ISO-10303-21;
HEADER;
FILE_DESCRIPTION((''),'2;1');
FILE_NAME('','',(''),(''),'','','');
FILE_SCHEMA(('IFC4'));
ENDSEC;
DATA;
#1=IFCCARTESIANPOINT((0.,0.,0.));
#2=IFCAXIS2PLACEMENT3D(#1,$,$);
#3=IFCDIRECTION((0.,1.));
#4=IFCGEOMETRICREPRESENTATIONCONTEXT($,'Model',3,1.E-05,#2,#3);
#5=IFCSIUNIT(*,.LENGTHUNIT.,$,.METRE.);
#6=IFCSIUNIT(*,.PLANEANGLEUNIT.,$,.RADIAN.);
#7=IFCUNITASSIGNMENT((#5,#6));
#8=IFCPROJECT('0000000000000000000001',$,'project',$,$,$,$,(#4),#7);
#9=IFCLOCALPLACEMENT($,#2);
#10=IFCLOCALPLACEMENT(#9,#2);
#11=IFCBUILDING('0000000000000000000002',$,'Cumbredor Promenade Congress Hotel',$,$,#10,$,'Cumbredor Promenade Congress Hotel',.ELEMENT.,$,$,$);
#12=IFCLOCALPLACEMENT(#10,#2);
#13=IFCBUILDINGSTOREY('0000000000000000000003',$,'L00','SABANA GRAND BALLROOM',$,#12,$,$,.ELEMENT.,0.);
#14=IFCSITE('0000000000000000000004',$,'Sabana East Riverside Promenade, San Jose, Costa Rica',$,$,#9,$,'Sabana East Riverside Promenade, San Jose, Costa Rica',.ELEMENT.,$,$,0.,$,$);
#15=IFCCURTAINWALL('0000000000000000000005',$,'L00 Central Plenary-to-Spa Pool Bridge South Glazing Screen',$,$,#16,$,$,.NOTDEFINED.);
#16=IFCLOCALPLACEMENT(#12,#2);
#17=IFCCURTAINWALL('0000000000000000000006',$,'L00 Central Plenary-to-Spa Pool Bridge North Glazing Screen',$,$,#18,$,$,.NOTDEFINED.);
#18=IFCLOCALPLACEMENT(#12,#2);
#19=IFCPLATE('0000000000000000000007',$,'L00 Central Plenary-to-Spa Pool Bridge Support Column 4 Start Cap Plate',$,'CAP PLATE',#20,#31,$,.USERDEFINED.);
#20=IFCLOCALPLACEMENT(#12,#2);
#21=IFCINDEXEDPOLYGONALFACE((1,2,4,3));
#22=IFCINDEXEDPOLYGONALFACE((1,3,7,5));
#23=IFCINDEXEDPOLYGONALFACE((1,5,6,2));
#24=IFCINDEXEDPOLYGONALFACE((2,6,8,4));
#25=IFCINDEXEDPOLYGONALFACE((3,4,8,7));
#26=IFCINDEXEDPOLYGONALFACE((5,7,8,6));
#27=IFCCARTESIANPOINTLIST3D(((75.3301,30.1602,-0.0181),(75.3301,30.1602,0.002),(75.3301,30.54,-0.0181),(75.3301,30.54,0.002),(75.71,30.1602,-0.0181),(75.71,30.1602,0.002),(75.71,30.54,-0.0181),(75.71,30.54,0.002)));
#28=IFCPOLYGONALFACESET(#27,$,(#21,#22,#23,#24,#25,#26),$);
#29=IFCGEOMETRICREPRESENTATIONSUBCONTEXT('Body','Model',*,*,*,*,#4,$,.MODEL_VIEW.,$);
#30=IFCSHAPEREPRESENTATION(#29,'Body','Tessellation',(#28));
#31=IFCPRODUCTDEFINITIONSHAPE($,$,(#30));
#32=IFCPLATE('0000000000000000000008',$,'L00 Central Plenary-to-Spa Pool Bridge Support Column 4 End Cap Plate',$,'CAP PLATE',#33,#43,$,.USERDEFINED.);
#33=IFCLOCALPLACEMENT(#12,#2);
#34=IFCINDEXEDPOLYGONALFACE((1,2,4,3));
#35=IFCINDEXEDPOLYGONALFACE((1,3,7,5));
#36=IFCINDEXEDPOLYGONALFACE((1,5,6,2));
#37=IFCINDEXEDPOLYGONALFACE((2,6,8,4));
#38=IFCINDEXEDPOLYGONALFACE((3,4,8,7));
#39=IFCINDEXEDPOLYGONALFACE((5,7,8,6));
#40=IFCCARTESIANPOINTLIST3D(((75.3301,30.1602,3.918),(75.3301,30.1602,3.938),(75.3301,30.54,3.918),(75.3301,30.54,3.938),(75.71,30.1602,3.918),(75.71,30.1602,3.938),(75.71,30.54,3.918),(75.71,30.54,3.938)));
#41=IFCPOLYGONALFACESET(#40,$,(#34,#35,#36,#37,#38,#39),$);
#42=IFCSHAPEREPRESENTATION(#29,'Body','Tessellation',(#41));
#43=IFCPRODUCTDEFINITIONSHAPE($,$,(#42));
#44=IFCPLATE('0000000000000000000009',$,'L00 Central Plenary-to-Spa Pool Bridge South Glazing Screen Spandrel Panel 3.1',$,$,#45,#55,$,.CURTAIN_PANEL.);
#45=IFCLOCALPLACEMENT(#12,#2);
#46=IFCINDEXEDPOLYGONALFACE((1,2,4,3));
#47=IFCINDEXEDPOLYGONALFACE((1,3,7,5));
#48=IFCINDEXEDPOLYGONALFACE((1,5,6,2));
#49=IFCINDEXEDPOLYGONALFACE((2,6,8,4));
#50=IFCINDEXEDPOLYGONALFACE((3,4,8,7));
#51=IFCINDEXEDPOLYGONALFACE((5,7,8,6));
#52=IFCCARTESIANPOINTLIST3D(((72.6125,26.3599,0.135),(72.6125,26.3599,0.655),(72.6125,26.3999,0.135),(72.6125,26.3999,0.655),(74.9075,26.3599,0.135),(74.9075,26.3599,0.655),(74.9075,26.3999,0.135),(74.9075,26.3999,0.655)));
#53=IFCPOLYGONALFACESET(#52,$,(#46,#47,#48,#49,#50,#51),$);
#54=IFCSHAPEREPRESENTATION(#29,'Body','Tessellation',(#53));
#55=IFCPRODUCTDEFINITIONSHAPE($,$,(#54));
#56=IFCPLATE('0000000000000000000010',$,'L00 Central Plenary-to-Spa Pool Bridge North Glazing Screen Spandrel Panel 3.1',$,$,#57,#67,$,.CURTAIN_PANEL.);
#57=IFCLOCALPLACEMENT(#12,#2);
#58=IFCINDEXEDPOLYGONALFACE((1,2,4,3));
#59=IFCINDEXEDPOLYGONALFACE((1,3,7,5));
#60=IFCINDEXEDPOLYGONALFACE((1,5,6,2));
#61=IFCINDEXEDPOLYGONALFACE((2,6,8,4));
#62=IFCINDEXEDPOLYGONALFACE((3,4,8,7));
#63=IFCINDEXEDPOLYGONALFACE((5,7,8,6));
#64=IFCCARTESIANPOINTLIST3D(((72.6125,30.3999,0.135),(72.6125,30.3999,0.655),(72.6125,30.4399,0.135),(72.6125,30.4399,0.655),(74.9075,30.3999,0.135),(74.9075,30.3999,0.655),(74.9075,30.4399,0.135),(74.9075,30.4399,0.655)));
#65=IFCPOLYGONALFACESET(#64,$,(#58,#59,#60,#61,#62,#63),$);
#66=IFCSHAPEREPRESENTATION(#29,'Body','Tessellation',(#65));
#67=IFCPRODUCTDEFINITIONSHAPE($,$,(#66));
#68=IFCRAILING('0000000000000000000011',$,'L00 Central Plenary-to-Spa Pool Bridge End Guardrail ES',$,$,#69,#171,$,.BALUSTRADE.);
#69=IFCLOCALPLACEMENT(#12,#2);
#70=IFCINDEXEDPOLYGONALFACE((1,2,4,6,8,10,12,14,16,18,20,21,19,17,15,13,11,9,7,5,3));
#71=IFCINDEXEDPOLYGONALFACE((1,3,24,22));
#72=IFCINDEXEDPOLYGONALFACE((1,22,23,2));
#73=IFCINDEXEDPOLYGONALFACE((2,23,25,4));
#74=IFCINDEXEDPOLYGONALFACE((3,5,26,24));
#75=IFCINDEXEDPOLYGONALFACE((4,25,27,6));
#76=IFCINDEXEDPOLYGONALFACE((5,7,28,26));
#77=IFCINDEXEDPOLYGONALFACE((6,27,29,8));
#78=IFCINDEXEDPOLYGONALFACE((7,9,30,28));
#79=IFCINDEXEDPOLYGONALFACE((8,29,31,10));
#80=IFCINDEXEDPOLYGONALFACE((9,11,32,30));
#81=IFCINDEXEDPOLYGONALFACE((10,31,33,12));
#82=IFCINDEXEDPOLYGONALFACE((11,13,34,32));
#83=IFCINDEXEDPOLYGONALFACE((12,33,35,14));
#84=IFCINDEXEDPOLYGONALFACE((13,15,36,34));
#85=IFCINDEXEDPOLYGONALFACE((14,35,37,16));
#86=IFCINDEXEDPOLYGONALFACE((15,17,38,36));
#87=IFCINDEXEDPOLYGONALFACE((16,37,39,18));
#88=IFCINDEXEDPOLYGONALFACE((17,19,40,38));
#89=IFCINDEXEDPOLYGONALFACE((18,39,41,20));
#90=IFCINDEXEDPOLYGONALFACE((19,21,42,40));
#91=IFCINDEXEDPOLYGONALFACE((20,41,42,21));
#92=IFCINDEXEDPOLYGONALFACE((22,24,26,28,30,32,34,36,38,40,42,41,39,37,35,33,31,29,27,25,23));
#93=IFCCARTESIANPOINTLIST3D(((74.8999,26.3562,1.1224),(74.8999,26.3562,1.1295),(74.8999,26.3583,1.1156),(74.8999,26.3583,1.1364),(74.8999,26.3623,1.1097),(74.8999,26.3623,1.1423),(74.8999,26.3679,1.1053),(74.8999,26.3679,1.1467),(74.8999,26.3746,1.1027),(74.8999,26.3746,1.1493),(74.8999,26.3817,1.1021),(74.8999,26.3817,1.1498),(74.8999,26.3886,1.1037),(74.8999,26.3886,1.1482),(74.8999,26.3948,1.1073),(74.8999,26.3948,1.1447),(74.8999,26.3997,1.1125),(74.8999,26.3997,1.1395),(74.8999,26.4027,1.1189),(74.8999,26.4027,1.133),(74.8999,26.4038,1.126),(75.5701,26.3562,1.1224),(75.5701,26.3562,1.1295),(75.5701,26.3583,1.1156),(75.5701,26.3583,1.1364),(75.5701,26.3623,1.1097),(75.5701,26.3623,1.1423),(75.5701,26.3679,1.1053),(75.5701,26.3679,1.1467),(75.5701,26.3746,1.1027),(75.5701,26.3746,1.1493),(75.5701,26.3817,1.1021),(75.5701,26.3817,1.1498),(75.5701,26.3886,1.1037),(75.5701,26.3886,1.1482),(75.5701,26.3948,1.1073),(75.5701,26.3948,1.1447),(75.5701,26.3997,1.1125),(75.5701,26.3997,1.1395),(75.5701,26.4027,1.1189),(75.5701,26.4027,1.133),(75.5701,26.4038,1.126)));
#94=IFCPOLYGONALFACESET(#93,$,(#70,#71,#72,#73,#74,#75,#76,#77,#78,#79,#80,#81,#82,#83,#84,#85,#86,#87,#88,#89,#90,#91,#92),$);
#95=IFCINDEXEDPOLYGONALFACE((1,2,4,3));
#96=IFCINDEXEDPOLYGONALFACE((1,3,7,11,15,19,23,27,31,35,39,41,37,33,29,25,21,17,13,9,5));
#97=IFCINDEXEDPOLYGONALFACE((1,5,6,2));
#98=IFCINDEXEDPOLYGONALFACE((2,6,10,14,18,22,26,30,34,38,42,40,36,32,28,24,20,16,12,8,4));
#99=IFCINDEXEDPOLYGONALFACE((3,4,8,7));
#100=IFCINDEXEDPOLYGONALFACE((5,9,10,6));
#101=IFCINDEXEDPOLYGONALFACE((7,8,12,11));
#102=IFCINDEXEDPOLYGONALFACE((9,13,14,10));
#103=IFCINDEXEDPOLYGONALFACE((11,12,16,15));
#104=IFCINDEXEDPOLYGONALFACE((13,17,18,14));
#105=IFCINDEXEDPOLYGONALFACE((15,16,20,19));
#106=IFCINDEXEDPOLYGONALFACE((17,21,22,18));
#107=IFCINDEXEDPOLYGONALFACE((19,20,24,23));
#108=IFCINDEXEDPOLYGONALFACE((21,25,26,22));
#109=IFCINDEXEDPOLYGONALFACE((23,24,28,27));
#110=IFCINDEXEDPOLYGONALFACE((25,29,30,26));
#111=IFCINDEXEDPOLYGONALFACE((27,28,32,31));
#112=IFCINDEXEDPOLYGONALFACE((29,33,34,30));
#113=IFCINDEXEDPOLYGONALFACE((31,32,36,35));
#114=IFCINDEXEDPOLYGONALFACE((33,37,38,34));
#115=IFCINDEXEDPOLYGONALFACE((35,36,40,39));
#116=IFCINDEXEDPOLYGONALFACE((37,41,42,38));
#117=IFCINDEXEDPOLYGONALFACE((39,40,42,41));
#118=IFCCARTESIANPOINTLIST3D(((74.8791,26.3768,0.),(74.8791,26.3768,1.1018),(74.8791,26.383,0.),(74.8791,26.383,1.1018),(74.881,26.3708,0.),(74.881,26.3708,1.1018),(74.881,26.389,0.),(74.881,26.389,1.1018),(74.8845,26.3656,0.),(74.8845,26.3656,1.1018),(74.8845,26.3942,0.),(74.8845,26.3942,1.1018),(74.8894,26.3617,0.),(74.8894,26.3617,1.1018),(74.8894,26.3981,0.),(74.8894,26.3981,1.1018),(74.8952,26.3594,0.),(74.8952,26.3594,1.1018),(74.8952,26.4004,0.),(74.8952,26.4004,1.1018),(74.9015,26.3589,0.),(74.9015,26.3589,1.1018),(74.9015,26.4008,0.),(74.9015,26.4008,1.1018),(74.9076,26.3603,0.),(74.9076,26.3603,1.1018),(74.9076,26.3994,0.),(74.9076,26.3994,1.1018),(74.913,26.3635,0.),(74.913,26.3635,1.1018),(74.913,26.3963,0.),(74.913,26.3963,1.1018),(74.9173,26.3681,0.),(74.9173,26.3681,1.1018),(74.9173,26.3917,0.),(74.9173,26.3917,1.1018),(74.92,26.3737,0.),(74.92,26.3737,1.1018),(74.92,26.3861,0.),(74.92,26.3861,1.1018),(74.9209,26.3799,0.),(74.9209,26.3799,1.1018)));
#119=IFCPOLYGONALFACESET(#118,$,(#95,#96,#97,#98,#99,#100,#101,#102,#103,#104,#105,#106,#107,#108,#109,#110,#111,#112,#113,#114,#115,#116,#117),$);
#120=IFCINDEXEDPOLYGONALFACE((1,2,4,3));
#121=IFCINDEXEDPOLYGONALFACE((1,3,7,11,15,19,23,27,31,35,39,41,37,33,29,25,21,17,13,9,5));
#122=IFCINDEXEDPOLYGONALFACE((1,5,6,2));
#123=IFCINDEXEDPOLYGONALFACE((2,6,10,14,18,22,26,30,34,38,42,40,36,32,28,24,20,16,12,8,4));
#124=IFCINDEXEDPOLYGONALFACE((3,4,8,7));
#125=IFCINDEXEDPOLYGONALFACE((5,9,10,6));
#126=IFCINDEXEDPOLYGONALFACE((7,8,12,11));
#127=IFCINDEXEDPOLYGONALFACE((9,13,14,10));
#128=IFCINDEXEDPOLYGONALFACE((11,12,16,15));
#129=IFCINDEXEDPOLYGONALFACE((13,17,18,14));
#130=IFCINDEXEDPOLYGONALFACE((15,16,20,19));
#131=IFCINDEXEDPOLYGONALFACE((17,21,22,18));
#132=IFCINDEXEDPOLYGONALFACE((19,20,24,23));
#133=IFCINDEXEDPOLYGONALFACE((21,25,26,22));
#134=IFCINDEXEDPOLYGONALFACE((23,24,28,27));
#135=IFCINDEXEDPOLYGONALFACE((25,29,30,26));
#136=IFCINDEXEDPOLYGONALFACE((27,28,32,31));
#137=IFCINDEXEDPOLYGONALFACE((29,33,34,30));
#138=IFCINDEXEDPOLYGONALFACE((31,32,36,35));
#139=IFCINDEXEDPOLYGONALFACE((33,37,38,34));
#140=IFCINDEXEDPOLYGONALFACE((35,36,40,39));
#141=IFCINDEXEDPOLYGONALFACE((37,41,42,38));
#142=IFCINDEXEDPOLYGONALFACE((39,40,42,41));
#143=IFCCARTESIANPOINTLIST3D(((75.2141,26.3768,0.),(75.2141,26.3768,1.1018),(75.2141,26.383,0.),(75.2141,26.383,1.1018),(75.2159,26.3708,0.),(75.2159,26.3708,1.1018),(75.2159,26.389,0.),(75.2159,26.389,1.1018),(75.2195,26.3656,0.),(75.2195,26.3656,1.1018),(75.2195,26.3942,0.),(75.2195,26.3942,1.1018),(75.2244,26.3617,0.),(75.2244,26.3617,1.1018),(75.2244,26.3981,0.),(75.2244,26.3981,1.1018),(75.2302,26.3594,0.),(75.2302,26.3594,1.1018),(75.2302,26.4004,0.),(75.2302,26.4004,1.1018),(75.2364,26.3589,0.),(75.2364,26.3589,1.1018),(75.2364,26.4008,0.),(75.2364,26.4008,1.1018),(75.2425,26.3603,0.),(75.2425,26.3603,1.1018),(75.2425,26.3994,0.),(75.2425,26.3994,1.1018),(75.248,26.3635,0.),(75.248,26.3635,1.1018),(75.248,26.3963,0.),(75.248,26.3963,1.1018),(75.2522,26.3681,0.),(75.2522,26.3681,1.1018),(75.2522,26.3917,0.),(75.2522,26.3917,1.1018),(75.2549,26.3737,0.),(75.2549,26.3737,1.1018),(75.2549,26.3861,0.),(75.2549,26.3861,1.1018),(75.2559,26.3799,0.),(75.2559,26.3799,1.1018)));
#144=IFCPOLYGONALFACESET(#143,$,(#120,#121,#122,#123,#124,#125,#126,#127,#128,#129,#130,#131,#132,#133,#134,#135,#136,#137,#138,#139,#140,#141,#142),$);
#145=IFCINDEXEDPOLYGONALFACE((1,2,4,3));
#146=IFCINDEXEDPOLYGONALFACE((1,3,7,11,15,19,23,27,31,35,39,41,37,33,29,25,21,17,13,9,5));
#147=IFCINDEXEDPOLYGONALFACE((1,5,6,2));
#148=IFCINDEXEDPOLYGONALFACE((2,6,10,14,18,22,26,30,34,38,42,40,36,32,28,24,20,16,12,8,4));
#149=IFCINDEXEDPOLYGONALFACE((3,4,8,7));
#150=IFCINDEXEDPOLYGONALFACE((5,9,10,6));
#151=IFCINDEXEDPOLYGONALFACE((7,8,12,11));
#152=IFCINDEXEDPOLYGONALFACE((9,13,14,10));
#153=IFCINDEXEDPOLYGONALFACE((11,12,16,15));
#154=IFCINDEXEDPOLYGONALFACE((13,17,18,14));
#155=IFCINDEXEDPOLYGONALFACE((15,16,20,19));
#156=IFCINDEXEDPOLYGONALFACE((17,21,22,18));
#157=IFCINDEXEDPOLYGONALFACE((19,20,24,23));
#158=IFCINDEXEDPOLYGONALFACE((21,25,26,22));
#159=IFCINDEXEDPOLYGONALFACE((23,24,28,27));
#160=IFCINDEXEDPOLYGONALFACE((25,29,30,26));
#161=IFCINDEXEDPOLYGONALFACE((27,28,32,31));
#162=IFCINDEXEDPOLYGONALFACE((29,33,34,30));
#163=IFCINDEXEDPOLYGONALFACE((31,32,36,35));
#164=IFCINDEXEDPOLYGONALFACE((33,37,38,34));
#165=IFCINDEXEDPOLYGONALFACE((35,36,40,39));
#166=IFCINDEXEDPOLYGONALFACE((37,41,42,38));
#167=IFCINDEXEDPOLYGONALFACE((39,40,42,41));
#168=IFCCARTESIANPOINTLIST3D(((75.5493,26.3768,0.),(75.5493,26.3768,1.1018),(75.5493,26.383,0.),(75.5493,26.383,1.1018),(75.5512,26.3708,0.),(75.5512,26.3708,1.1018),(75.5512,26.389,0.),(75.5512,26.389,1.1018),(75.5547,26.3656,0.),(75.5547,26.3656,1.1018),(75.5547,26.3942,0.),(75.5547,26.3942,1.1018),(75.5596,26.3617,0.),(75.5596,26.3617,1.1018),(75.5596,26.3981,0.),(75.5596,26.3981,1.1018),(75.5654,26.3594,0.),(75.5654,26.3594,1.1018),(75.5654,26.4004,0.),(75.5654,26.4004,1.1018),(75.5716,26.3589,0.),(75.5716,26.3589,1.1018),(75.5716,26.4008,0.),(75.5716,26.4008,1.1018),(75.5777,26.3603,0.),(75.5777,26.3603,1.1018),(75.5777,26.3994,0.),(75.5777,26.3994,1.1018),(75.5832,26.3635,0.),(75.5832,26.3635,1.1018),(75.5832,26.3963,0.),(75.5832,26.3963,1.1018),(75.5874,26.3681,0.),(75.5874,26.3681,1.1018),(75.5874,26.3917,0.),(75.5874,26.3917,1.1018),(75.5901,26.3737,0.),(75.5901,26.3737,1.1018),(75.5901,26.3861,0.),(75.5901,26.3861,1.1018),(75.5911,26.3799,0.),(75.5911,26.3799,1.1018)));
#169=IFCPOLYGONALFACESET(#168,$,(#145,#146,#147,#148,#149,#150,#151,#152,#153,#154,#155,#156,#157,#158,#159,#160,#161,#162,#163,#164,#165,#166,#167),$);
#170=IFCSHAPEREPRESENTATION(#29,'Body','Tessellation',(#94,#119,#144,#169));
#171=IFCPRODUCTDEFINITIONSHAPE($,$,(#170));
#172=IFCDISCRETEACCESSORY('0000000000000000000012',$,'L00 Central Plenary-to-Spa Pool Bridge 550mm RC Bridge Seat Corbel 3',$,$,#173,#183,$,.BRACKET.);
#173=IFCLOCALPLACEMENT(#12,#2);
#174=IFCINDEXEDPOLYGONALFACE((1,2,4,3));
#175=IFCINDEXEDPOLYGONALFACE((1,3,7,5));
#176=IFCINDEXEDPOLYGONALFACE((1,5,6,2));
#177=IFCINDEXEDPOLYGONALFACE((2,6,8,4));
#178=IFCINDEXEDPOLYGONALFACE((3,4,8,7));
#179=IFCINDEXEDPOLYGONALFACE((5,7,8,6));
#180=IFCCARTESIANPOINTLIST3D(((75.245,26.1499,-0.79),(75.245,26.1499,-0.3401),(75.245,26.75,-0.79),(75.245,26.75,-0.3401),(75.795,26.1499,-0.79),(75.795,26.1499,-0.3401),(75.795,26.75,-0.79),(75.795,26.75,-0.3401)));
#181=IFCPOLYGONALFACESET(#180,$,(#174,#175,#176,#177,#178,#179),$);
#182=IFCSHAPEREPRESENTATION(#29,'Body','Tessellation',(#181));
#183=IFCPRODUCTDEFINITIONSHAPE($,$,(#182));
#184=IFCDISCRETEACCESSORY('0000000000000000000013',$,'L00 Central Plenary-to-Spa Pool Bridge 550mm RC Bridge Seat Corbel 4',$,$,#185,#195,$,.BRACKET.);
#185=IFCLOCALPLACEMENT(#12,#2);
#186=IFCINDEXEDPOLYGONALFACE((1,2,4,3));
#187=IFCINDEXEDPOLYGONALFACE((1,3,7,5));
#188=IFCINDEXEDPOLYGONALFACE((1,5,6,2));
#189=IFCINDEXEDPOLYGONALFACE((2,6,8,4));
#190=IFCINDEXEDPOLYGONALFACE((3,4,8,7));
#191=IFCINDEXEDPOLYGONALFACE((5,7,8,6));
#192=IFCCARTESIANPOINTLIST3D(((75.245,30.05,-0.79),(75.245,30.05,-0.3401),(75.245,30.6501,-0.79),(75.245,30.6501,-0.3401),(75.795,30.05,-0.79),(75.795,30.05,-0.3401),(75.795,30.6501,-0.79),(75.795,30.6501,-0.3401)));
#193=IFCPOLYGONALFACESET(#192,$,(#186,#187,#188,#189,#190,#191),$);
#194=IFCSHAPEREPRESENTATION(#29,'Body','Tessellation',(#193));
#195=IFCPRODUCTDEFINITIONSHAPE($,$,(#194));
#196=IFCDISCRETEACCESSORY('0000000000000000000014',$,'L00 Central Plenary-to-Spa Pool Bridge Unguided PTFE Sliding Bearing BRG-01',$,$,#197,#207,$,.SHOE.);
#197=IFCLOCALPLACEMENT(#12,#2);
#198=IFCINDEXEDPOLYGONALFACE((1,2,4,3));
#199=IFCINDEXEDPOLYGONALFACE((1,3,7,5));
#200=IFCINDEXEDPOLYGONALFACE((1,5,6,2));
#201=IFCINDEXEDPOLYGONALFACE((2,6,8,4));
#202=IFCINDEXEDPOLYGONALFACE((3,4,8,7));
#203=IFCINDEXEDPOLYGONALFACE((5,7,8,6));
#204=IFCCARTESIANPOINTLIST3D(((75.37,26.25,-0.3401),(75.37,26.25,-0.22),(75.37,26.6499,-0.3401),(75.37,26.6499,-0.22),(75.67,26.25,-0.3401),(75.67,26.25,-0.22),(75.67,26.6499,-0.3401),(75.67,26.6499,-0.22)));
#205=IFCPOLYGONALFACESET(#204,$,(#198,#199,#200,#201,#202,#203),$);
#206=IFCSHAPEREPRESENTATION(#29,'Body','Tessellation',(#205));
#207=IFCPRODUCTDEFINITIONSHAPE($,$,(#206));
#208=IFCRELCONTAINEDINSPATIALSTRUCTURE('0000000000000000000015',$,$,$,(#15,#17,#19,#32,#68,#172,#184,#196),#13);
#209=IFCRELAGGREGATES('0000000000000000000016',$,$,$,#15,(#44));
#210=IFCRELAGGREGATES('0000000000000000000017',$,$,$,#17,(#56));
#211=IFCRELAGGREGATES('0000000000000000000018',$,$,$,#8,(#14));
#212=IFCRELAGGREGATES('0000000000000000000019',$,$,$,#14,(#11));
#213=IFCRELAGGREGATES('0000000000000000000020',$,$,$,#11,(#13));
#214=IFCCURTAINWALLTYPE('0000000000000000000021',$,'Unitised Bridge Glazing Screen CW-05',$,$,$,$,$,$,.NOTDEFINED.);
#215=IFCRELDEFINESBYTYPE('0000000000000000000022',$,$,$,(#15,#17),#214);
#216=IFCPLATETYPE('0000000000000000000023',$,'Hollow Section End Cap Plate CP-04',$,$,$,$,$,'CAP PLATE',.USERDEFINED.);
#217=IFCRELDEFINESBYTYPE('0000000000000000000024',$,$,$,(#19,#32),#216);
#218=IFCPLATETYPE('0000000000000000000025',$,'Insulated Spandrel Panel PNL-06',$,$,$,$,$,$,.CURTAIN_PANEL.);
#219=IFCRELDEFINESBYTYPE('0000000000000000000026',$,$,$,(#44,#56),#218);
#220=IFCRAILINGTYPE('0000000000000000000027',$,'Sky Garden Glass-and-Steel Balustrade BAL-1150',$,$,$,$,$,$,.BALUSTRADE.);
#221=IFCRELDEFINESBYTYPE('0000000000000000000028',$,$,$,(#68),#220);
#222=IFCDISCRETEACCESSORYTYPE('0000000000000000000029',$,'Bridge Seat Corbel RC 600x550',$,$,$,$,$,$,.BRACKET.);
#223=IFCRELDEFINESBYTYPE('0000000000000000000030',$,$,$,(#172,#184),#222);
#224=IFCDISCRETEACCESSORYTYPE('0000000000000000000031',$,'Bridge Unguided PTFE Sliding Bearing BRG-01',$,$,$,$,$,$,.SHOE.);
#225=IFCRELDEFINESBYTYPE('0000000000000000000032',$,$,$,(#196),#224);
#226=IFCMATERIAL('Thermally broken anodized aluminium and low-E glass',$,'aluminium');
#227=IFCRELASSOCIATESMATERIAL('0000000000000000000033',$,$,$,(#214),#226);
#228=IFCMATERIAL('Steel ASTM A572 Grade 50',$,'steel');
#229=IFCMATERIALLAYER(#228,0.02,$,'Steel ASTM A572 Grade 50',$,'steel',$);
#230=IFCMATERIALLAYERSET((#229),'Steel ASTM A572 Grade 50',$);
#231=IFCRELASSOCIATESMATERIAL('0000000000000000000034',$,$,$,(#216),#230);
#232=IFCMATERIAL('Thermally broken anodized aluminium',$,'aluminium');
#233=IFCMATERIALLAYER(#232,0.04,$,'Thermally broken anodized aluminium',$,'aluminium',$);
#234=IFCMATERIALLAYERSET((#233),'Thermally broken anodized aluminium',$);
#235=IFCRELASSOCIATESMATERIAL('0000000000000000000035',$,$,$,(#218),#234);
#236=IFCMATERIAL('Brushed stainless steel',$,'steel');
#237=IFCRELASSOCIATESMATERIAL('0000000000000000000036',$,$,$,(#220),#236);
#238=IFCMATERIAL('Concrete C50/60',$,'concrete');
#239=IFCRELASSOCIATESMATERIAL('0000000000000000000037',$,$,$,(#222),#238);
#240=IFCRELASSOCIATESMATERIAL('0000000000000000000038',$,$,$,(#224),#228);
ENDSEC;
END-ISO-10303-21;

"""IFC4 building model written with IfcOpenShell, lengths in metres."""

from ifc_helpers import new_model, si_unit, direction, frame, origin, origin_2d, place, context, subcontext, project, spatial, rectangle, circle, extrude, material, layer, layer_set, type_object, element, aggregate, save


model = new_model("IFC4")

# Units and contexts
model_context = context("Model", 3, precision=1e-05, world=origin(), true_north=direction((0.0, 1.0)))
body_context = subcontext(model_context, "Body", "Model", "MODEL_VIEW")
ifc_project = project(units=[si_unit("LENGTHUNIT", "METRE"), si_unit("PLANEANGLEUNIT", "RADIAN")], contexts=[model_context])

# Site, building, storey
site_placement = place(None, origin())
site = spatial("IfcSite", under=ifc_project, at=site_placement, Name="Sabana East Riverside Promenade, San Jose, Costa Rica", LongName="Sabana East Riverside Promenade, San Jose, Costa Rica", CompositionType="ELEMENT", RefElevation=0.0)
building_placement = place(site_placement, origin())
building = spatial("IfcBuilding", under=site, at=building_placement, Name="Cumbredor Promenade Congress Hotel", LongName="Cumbredor Promenade Congress Hotel", CompositionType="ELEMENT")
storey_placement = place(building_placement, origin())
storey = spatial("IfcBuildingStorey", under=building, at=storey_placement, Name="L00", Description="SABANA GRAND BALLROOM", CompositionType="ELEMENT", Elevation=0.0)

# Curtain walls
ifc_material_1 = material(Name="Thermally broken anodized aluminium and low-E glass", Category="aluminium")
curtain_wall_type = type_object("IfcCurtainWallType", Name="Unitised Bridge Glazing Screen CW-05", PredefinedType="NOTDEFINED", material=ifc_material_1)
curtain_wall_1_placement = place(storey_placement, origin())
curtain_wall_1 = element("IfcCurtainWall", 1, at=curtain_wall_1_placement, inside=storey, type_object=curtain_wall_type, Name="L00 Central Plenary-to-Spa Pool Bridge South Glazing Screen", PredefinedType="NOTDEFINED")
ifc_material_2 = material(Name="Thermally broken anodized aluminium", Category="aluminium")
curtain_wall_2_placement = place(storey_placement, origin())
curtain_wall_2 = element("IfcCurtainWall", 2, at=curtain_wall_2_placement, inside=storey, type_object=curtain_wall_type, Name="L00 Central Plenary-to-Spa Pool Bridge North Glazing Screen", PredefinedType="NOTDEFINED")

# Plates
ifc_material_3 = material(Name="Steel ASTM A572 Grade 50", Category="steel")
ifc_layer_1 = layer(ifc_material_3, 0.02, Name="Steel ASTM A572 Grade 50", Category="steel")
ifc_layer_set_1 = layer_set([ifc_layer_1], Name="Steel ASTM A572 Grade 50")
plate_type_1 = type_object("IfcPlateType", Name="Hollow Section End Cap Plate CP-04", ElementType="CAP PLATE", PredefinedType="USERDEFINED", material=ifc_layer_set_1)
for number, where, z_axis, x_axis, name in (
    (3, (75.52, 30.3501, -0.0181), (0.0, 0.0, 1.0), (1.0, 0.0, 0.0), "L00 Central Plenary-to-Spa Pool Bridge Support Column 4 Start Cap Plate"),
    (4, (75.52, 30.3501, 3.918), (0.0, 0.0, 1.0), (1.0, 0.0, 0.0), "L00 Central Plenary-to-Spa Pool Bridge Support Column 4 End Cap Plate"),
):
    element("IfcPlate", number, at=place(storey_placement, frame(where, z_axis=z_axis, x_axis=x_axis)), inside=storey, type_object=plate_type_1, Name=name, ObjectType="CAP PLATE", PredefinedType="USERDEFINED", context=body_context, shape_type="SweptSolid", body=[
        extrude(rectangle(XDim=0.3799, YDim=0.3799, at=origin_2d()), origin(), (0.0, 0.0, 1.0), 0.02),
    ])

# Plates
ifc_layer_2 = layer(ifc_material_2, 0.04, Name="Thermally broken anodized aluminium", Category="aluminium")
ifc_layer_set_2 = layer_set([ifc_layer_2], Name="Thermally broken anodized aluminium")
plate_type_2 = type_object("IfcPlateType", Name="Insulated Spandrel Panel PNL-06", PredefinedType="CURTAIN_PANEL", material=ifc_layer_set_2)
plate_1_placement = place(storey_placement, frame((73.76, 26.3799, 0.135), z_axis=(0.0, 0.0, 1.0), x_axis=(1.0, 0.0, 0.0)))
plate_1 = element("IfcPlate", 5, at=plate_1_placement, type_object=plate_type_2, Name="L00 Central Plenary-to-Spa Pool Bridge South Glazing Screen Spandrel Panel 3.1", PredefinedType="CURTAIN_PANEL", context=body_context, shape_type="SweptSolid", body=[
    extrude(rectangle(XDim=2.2949, YDim=0.04, at=origin_2d()), origin(), (0.0, 0.0, 1.0), 0.52),
])
aggregate(curtain_wall_1, [plate_1])
plate_2_placement = place(storey_placement, frame((73.76, 30.4199, 0.135), z_axis=(0.0, 0.0, 1.0), x_axis=(1.0, 0.0, 0.0)))
plate_2 = element("IfcPlate", 6, at=plate_2_placement, type_object=plate_type_2, Name="L00 Central Plenary-to-Spa Pool Bridge North Glazing Screen Spandrel Panel 3.1", PredefinedType="CURTAIN_PANEL", context=body_context, shape_type="SweptSolid", body=[
    extrude(rectangle(XDim=2.2949, YDim=0.04, at=origin_2d()), origin(), (0.0, 0.0, 1.0), 0.52),
])
aggregate(curtain_wall_2, [plate_2])

# Railing
ifc_material_4 = material(Name="Brushed stainless steel", Category="steel")
railing_type = type_object("IfcRailingType", Name="Sky Garden Glass-and-Steel Balustrade BAL-1150", PredefinedType="BALUSTRADE", material=ifc_material_4)
railing_placement = place(storey_placement, frame((74.8999, 26.3799, 0.0)))
element("IfcRailing", 7, at=railing_placement, inside=storey, type_object=railing_type, Name="L00 Central Plenary-to-Spa Pool Bridge End Guardrail ES", PredefinedType="BALUSTRADE", context=body_context, shape_type="SweptSolid", body=[
    extrude(circle(Radius=0.0239, at=origin_2d()), frame((0.0, 0.0, 1.126), z_axis=(1.0, 0.0, 0.0), x_axis=(0.0, 1.0, 0.0)), (0.0, 0.0, 1.0), 0.6702),
    extrude(circle(Radius=0.021, at=origin_2d()), origin(), (0.0, 0.0, 1.0), 1.1018),
    extrude(circle(Radius=0.021, at=origin_2d()), frame((0.335, 0.0, 0.0)), (0.0, 0.0, 1.0), 1.1018),
    extrude(circle(Radius=0.021, at=origin_2d()), frame((0.6702, 0.0, 0.0)), (0.0, 0.0, 1.0), 1.1018),
])

# Discrete accessories
ifc_material_5 = material(Name="Concrete C50/60", Category="concrete")
discrete_accessory_type_1 = type_object("IfcDiscreteAccessoryType", Name="Bridge Seat Corbel RC 600x550", PredefinedType="BRACKET", material=ifc_material_5)
for number, where, z_axis, x_axis, name in (
    (8, (75.52, 26.45, -0.79), (0.0, 0.0, 1.0), (1.0, 0.0, 0.0), "L00 Central Plenary-to-Spa Pool Bridge 550mm RC Bridge Seat Corbel 3"),
    (9, (75.52, 30.3501, -0.79), (0.0, 0.0, 1.0), (1.0, 0.0, 0.0), "L00 Central Plenary-to-Spa Pool Bridge 550mm RC Bridge Seat Corbel 4"),
):
    element("IfcDiscreteAccessory", number, at=place(storey_placement, frame(where, z_axis=z_axis, x_axis=x_axis)), inside=storey, type_object=discrete_accessory_type_1, Name=name, PredefinedType="BRACKET", context=body_context, shape_type="SweptSolid", body=[
        extrude(rectangle(XDim=0.55, YDim=0.6001, at=origin_2d()), origin(), (0.0, 0.0, 1.0), 0.45),
    ])
discrete_accessory_type_2 = type_object("IfcDiscreteAccessoryType", Name="Bridge Unguided PTFE Sliding Bearing BRG-01", PredefinedType="SHOE", material=ifc_material_3)
for number, where, z_axis, x_axis, name in (
    (10, (75.52, 26.45, -0.3401), (0.0, 0.0, 1.0), (1.0, 0.0, 0.0), "L00 Central Plenary-to-Spa Pool Bridge Unguided PTFE Sliding Bearing BRG-01"),
):
    element("IfcDiscreteAccessory", number, at=place(storey_placement, frame(where, z_axis=z_axis, x_axis=x_axis)), inside=storey, type_object=discrete_accessory_type_2, Name=name, PredefinedType="SHOE", context=body_context, shape_type="SweptSolid", body=[
        extrude(rectangle(XDim=0.3, YDim=0.3999, at=origin_2d()), origin(), (0.0, 0.0, 1.0), 0.1201),
    ])

save(model, "model.ifc")
